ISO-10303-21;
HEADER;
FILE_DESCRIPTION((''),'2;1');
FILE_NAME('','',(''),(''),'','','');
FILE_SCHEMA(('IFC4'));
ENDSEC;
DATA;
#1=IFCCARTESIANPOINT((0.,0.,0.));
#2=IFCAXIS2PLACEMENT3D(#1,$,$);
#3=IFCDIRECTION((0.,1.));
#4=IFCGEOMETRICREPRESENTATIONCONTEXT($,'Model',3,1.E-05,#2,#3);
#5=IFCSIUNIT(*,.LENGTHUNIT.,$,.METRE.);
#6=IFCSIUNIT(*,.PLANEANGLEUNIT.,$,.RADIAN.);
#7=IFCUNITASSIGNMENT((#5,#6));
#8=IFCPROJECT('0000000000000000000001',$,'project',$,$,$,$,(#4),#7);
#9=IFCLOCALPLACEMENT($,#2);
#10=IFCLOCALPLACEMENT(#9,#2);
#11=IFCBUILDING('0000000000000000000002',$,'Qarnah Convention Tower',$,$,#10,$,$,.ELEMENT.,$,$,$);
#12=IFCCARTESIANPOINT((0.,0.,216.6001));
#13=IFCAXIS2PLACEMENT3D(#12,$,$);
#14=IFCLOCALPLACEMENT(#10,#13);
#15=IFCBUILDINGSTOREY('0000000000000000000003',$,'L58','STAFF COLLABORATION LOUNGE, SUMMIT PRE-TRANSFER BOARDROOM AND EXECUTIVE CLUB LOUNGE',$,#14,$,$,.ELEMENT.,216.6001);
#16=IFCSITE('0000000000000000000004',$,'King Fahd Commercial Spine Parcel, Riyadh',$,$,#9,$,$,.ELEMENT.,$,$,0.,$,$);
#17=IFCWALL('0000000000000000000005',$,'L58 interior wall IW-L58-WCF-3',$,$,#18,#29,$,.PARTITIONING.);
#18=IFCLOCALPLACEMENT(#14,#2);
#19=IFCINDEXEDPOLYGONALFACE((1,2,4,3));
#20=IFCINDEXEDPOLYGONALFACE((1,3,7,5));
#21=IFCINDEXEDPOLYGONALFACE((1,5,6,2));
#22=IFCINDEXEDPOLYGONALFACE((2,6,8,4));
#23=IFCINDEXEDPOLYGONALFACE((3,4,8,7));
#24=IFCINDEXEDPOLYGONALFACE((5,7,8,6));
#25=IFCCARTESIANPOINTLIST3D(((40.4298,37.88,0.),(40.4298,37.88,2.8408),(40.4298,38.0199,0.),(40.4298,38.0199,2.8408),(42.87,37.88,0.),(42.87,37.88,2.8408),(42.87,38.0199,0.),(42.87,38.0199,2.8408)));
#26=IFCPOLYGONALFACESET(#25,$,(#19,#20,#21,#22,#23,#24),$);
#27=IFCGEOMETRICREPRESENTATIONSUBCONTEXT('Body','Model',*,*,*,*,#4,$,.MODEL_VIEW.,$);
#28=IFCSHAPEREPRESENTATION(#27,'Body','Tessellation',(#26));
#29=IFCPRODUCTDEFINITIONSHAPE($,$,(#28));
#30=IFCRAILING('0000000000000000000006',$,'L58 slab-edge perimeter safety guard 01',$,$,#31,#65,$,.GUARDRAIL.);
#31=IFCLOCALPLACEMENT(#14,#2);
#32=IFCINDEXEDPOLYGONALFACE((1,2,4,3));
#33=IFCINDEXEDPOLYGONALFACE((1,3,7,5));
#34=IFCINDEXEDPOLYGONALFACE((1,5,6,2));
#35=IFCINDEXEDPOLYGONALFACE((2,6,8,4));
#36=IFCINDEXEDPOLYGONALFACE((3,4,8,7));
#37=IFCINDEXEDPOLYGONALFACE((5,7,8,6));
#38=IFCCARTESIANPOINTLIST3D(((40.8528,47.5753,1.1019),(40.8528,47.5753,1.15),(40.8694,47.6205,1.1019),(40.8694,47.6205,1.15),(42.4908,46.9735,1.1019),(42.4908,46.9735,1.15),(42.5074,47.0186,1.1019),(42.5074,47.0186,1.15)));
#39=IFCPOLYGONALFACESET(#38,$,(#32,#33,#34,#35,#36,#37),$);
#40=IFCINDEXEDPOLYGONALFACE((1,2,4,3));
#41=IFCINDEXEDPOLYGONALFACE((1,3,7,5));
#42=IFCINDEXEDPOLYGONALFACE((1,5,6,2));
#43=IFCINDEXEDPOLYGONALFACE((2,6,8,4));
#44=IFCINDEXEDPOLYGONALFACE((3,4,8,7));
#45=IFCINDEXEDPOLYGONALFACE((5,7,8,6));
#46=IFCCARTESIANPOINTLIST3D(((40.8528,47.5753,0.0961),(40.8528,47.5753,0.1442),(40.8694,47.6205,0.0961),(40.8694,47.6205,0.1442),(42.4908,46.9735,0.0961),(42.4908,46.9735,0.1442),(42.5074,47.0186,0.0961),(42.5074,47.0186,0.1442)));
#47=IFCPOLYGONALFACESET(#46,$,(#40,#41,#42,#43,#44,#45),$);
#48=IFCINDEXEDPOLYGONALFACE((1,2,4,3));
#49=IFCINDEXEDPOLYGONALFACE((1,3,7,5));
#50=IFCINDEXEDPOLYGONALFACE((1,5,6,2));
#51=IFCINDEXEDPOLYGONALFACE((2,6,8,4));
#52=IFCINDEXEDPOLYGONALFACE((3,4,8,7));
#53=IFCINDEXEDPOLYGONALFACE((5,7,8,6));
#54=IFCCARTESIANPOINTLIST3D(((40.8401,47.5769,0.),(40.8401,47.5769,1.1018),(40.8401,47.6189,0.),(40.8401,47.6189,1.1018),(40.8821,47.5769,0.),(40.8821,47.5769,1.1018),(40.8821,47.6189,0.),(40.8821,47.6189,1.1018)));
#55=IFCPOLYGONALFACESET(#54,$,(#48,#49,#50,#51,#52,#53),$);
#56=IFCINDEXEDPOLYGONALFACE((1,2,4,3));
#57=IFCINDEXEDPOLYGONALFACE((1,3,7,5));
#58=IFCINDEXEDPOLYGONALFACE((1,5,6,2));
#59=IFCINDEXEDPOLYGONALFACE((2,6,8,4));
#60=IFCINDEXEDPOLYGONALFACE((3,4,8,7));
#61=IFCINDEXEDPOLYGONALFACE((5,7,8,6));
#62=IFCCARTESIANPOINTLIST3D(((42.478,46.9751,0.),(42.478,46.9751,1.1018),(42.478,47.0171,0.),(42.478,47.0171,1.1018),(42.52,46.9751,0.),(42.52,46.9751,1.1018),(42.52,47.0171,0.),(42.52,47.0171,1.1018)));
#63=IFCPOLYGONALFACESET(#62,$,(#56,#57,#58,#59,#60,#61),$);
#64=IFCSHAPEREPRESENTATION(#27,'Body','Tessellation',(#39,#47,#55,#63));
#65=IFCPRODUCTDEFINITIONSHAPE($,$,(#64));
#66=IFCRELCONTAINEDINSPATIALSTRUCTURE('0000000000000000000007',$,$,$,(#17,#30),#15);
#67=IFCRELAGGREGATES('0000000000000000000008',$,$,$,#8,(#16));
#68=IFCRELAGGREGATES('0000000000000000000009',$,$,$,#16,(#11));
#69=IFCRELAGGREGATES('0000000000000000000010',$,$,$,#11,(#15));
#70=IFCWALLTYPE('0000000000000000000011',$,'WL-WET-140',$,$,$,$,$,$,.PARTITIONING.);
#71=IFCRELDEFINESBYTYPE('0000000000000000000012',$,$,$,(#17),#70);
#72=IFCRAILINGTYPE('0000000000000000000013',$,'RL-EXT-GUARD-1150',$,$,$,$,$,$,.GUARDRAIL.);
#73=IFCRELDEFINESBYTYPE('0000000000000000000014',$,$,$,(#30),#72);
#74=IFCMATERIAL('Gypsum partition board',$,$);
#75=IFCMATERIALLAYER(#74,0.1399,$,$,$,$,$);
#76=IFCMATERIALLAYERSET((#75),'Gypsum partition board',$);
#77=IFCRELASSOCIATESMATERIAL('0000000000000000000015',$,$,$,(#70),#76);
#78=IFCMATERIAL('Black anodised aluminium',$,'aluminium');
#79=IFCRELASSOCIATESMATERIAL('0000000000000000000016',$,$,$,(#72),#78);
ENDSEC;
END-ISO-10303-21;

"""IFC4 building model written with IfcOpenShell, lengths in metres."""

from ifc_helpers import new_model, si_unit, direction, frame, frame_2d, origin, origin_2d, place, context, subcontext, project, spatial, rectangle, extrude, material, layer, layer_set, type_object, element, save


model = new_model("IFC4")

# Units and contexts
model_context = context("Model", 3, precision=1e-05, world=origin(), true_north=direction((0.0, 1.0)))
body_context = subcontext(model_context, "Body", "Model", "MODEL_VIEW")
ifc_project = project(units=[si_unit("LENGTHUNIT", "METRE"), si_unit("PLANEANGLEUNIT", "RADIAN")], contexts=[model_context])

# Site, building, storey
site_placement = place(None, origin())
site = spatial("IfcSite", under=ifc_project, at=site_placement, Name="King Fahd Commercial Spine Parcel, Riyadh", CompositionType="ELEMENT", RefElevation=0.0)
building_placement = place(site_placement, origin())
building = spatial("IfcBuilding", under=site, at=building_placement, Name="Qarnah Convention Tower", CompositionType="ELEMENT")
storey_placement = place(building_placement, frame((0.0, 0.0, 216.6001)))
storey = spatial("IfcBuildingStorey", under=building, at=storey_placement, Name="L58", Description="STAFF COLLABORATION LOUNGE, SUMMIT PRE-TRANSFER BOARDROOM AND EXECUTIVE CLUB LOUNGE", CompositionType="ELEMENT", Elevation=216.6001)

# Shared definitions
ifc_material_1 = material(Name="Black anodised aluminium", Category="aluminium")

# Shared definitions
ifc_material_2 = material(Name="Gypsum partition board")

# Shared definitions
ifc_layer_1 = layer(ifc_material_2, 0.1399)
ifc_layer_set_1 = layer_set([ifc_layer_1], Name="Gypsum partition board")
wall_type_1 = type_object("IfcWallType", Name="WL-WET-140", PredefinedType="PARTITIONING", material=ifc_layer_set_1)

# Wall
wall_1_placement = place(storey_placement, frame((42.8701, 37.95, 0.0), z_axis=(0.0, 0.0, 1.0), x_axis=(-1.0, 0.0, 0.0)))
element("IfcWall", 1, at=wall_1_placement, inside=storey, type_object=wall_type_1, Name="L58 interior wall IW-L58-WCF-3", PredefinedType="PARTITIONING", context=body_context, shape_type="SweptSolid", body=[
    extrude(rectangle(XDim=2.4402, YDim=0.1399, at=frame_2d((1.2202, 0.0))), origin(), (0.0, 0.0, 1.0), 2.8408),
])

# Railing
railing_type = type_object("IfcRailingType", Name="RL-EXT-GUARD-1150", PredefinedType="GUARDRAIL", material=ifc_material_1)
railing_1_placement = place(storey_placement, frame((40.8611, 47.5979, 0.0)))
element("IfcRailing", 2, at=railing_1_placement, inside=storey, type_object=railing_type, Name="L58 slab-edge perimeter safety guard 01", PredefinedType="GUARDRAIL", context=body_context, shape_type="SweptSolid", body=[
    extrude(rectangle(XDim=0.0481, YDim=0.0481, at=origin_2d()), frame((0.0, 0.0, 1.126), z_axis=(0.938649, -0.344875, 0.0), x_axis=(0.344875, 0.938649, 0.0)), (0.0, 0.0, 1.0), 1.7451),
    extrude(rectangle(XDim=0.0481, YDim=0.0481, at=origin_2d()), frame((0.0, 0.0, 0.1201), z_axis=(0.938649, -0.344875, 0.0), x_axis=(0.344875, 0.938649, 0.0)), (0.0, 0.0, 1.0), 1.7451),
    extrude(rectangle(XDim=0.042, YDim=0.042, at=origin_2d()), origin(), (0.0, 0.0, 1.0), 1.1018),
    extrude(rectangle(XDim=0.042, YDim=0.042, at=origin_2d()), frame((1.6379, -0.6018, 0.0)), (0.0, 0.0, 1.0), 1.1018),
])

save(model, "model.ifc")
